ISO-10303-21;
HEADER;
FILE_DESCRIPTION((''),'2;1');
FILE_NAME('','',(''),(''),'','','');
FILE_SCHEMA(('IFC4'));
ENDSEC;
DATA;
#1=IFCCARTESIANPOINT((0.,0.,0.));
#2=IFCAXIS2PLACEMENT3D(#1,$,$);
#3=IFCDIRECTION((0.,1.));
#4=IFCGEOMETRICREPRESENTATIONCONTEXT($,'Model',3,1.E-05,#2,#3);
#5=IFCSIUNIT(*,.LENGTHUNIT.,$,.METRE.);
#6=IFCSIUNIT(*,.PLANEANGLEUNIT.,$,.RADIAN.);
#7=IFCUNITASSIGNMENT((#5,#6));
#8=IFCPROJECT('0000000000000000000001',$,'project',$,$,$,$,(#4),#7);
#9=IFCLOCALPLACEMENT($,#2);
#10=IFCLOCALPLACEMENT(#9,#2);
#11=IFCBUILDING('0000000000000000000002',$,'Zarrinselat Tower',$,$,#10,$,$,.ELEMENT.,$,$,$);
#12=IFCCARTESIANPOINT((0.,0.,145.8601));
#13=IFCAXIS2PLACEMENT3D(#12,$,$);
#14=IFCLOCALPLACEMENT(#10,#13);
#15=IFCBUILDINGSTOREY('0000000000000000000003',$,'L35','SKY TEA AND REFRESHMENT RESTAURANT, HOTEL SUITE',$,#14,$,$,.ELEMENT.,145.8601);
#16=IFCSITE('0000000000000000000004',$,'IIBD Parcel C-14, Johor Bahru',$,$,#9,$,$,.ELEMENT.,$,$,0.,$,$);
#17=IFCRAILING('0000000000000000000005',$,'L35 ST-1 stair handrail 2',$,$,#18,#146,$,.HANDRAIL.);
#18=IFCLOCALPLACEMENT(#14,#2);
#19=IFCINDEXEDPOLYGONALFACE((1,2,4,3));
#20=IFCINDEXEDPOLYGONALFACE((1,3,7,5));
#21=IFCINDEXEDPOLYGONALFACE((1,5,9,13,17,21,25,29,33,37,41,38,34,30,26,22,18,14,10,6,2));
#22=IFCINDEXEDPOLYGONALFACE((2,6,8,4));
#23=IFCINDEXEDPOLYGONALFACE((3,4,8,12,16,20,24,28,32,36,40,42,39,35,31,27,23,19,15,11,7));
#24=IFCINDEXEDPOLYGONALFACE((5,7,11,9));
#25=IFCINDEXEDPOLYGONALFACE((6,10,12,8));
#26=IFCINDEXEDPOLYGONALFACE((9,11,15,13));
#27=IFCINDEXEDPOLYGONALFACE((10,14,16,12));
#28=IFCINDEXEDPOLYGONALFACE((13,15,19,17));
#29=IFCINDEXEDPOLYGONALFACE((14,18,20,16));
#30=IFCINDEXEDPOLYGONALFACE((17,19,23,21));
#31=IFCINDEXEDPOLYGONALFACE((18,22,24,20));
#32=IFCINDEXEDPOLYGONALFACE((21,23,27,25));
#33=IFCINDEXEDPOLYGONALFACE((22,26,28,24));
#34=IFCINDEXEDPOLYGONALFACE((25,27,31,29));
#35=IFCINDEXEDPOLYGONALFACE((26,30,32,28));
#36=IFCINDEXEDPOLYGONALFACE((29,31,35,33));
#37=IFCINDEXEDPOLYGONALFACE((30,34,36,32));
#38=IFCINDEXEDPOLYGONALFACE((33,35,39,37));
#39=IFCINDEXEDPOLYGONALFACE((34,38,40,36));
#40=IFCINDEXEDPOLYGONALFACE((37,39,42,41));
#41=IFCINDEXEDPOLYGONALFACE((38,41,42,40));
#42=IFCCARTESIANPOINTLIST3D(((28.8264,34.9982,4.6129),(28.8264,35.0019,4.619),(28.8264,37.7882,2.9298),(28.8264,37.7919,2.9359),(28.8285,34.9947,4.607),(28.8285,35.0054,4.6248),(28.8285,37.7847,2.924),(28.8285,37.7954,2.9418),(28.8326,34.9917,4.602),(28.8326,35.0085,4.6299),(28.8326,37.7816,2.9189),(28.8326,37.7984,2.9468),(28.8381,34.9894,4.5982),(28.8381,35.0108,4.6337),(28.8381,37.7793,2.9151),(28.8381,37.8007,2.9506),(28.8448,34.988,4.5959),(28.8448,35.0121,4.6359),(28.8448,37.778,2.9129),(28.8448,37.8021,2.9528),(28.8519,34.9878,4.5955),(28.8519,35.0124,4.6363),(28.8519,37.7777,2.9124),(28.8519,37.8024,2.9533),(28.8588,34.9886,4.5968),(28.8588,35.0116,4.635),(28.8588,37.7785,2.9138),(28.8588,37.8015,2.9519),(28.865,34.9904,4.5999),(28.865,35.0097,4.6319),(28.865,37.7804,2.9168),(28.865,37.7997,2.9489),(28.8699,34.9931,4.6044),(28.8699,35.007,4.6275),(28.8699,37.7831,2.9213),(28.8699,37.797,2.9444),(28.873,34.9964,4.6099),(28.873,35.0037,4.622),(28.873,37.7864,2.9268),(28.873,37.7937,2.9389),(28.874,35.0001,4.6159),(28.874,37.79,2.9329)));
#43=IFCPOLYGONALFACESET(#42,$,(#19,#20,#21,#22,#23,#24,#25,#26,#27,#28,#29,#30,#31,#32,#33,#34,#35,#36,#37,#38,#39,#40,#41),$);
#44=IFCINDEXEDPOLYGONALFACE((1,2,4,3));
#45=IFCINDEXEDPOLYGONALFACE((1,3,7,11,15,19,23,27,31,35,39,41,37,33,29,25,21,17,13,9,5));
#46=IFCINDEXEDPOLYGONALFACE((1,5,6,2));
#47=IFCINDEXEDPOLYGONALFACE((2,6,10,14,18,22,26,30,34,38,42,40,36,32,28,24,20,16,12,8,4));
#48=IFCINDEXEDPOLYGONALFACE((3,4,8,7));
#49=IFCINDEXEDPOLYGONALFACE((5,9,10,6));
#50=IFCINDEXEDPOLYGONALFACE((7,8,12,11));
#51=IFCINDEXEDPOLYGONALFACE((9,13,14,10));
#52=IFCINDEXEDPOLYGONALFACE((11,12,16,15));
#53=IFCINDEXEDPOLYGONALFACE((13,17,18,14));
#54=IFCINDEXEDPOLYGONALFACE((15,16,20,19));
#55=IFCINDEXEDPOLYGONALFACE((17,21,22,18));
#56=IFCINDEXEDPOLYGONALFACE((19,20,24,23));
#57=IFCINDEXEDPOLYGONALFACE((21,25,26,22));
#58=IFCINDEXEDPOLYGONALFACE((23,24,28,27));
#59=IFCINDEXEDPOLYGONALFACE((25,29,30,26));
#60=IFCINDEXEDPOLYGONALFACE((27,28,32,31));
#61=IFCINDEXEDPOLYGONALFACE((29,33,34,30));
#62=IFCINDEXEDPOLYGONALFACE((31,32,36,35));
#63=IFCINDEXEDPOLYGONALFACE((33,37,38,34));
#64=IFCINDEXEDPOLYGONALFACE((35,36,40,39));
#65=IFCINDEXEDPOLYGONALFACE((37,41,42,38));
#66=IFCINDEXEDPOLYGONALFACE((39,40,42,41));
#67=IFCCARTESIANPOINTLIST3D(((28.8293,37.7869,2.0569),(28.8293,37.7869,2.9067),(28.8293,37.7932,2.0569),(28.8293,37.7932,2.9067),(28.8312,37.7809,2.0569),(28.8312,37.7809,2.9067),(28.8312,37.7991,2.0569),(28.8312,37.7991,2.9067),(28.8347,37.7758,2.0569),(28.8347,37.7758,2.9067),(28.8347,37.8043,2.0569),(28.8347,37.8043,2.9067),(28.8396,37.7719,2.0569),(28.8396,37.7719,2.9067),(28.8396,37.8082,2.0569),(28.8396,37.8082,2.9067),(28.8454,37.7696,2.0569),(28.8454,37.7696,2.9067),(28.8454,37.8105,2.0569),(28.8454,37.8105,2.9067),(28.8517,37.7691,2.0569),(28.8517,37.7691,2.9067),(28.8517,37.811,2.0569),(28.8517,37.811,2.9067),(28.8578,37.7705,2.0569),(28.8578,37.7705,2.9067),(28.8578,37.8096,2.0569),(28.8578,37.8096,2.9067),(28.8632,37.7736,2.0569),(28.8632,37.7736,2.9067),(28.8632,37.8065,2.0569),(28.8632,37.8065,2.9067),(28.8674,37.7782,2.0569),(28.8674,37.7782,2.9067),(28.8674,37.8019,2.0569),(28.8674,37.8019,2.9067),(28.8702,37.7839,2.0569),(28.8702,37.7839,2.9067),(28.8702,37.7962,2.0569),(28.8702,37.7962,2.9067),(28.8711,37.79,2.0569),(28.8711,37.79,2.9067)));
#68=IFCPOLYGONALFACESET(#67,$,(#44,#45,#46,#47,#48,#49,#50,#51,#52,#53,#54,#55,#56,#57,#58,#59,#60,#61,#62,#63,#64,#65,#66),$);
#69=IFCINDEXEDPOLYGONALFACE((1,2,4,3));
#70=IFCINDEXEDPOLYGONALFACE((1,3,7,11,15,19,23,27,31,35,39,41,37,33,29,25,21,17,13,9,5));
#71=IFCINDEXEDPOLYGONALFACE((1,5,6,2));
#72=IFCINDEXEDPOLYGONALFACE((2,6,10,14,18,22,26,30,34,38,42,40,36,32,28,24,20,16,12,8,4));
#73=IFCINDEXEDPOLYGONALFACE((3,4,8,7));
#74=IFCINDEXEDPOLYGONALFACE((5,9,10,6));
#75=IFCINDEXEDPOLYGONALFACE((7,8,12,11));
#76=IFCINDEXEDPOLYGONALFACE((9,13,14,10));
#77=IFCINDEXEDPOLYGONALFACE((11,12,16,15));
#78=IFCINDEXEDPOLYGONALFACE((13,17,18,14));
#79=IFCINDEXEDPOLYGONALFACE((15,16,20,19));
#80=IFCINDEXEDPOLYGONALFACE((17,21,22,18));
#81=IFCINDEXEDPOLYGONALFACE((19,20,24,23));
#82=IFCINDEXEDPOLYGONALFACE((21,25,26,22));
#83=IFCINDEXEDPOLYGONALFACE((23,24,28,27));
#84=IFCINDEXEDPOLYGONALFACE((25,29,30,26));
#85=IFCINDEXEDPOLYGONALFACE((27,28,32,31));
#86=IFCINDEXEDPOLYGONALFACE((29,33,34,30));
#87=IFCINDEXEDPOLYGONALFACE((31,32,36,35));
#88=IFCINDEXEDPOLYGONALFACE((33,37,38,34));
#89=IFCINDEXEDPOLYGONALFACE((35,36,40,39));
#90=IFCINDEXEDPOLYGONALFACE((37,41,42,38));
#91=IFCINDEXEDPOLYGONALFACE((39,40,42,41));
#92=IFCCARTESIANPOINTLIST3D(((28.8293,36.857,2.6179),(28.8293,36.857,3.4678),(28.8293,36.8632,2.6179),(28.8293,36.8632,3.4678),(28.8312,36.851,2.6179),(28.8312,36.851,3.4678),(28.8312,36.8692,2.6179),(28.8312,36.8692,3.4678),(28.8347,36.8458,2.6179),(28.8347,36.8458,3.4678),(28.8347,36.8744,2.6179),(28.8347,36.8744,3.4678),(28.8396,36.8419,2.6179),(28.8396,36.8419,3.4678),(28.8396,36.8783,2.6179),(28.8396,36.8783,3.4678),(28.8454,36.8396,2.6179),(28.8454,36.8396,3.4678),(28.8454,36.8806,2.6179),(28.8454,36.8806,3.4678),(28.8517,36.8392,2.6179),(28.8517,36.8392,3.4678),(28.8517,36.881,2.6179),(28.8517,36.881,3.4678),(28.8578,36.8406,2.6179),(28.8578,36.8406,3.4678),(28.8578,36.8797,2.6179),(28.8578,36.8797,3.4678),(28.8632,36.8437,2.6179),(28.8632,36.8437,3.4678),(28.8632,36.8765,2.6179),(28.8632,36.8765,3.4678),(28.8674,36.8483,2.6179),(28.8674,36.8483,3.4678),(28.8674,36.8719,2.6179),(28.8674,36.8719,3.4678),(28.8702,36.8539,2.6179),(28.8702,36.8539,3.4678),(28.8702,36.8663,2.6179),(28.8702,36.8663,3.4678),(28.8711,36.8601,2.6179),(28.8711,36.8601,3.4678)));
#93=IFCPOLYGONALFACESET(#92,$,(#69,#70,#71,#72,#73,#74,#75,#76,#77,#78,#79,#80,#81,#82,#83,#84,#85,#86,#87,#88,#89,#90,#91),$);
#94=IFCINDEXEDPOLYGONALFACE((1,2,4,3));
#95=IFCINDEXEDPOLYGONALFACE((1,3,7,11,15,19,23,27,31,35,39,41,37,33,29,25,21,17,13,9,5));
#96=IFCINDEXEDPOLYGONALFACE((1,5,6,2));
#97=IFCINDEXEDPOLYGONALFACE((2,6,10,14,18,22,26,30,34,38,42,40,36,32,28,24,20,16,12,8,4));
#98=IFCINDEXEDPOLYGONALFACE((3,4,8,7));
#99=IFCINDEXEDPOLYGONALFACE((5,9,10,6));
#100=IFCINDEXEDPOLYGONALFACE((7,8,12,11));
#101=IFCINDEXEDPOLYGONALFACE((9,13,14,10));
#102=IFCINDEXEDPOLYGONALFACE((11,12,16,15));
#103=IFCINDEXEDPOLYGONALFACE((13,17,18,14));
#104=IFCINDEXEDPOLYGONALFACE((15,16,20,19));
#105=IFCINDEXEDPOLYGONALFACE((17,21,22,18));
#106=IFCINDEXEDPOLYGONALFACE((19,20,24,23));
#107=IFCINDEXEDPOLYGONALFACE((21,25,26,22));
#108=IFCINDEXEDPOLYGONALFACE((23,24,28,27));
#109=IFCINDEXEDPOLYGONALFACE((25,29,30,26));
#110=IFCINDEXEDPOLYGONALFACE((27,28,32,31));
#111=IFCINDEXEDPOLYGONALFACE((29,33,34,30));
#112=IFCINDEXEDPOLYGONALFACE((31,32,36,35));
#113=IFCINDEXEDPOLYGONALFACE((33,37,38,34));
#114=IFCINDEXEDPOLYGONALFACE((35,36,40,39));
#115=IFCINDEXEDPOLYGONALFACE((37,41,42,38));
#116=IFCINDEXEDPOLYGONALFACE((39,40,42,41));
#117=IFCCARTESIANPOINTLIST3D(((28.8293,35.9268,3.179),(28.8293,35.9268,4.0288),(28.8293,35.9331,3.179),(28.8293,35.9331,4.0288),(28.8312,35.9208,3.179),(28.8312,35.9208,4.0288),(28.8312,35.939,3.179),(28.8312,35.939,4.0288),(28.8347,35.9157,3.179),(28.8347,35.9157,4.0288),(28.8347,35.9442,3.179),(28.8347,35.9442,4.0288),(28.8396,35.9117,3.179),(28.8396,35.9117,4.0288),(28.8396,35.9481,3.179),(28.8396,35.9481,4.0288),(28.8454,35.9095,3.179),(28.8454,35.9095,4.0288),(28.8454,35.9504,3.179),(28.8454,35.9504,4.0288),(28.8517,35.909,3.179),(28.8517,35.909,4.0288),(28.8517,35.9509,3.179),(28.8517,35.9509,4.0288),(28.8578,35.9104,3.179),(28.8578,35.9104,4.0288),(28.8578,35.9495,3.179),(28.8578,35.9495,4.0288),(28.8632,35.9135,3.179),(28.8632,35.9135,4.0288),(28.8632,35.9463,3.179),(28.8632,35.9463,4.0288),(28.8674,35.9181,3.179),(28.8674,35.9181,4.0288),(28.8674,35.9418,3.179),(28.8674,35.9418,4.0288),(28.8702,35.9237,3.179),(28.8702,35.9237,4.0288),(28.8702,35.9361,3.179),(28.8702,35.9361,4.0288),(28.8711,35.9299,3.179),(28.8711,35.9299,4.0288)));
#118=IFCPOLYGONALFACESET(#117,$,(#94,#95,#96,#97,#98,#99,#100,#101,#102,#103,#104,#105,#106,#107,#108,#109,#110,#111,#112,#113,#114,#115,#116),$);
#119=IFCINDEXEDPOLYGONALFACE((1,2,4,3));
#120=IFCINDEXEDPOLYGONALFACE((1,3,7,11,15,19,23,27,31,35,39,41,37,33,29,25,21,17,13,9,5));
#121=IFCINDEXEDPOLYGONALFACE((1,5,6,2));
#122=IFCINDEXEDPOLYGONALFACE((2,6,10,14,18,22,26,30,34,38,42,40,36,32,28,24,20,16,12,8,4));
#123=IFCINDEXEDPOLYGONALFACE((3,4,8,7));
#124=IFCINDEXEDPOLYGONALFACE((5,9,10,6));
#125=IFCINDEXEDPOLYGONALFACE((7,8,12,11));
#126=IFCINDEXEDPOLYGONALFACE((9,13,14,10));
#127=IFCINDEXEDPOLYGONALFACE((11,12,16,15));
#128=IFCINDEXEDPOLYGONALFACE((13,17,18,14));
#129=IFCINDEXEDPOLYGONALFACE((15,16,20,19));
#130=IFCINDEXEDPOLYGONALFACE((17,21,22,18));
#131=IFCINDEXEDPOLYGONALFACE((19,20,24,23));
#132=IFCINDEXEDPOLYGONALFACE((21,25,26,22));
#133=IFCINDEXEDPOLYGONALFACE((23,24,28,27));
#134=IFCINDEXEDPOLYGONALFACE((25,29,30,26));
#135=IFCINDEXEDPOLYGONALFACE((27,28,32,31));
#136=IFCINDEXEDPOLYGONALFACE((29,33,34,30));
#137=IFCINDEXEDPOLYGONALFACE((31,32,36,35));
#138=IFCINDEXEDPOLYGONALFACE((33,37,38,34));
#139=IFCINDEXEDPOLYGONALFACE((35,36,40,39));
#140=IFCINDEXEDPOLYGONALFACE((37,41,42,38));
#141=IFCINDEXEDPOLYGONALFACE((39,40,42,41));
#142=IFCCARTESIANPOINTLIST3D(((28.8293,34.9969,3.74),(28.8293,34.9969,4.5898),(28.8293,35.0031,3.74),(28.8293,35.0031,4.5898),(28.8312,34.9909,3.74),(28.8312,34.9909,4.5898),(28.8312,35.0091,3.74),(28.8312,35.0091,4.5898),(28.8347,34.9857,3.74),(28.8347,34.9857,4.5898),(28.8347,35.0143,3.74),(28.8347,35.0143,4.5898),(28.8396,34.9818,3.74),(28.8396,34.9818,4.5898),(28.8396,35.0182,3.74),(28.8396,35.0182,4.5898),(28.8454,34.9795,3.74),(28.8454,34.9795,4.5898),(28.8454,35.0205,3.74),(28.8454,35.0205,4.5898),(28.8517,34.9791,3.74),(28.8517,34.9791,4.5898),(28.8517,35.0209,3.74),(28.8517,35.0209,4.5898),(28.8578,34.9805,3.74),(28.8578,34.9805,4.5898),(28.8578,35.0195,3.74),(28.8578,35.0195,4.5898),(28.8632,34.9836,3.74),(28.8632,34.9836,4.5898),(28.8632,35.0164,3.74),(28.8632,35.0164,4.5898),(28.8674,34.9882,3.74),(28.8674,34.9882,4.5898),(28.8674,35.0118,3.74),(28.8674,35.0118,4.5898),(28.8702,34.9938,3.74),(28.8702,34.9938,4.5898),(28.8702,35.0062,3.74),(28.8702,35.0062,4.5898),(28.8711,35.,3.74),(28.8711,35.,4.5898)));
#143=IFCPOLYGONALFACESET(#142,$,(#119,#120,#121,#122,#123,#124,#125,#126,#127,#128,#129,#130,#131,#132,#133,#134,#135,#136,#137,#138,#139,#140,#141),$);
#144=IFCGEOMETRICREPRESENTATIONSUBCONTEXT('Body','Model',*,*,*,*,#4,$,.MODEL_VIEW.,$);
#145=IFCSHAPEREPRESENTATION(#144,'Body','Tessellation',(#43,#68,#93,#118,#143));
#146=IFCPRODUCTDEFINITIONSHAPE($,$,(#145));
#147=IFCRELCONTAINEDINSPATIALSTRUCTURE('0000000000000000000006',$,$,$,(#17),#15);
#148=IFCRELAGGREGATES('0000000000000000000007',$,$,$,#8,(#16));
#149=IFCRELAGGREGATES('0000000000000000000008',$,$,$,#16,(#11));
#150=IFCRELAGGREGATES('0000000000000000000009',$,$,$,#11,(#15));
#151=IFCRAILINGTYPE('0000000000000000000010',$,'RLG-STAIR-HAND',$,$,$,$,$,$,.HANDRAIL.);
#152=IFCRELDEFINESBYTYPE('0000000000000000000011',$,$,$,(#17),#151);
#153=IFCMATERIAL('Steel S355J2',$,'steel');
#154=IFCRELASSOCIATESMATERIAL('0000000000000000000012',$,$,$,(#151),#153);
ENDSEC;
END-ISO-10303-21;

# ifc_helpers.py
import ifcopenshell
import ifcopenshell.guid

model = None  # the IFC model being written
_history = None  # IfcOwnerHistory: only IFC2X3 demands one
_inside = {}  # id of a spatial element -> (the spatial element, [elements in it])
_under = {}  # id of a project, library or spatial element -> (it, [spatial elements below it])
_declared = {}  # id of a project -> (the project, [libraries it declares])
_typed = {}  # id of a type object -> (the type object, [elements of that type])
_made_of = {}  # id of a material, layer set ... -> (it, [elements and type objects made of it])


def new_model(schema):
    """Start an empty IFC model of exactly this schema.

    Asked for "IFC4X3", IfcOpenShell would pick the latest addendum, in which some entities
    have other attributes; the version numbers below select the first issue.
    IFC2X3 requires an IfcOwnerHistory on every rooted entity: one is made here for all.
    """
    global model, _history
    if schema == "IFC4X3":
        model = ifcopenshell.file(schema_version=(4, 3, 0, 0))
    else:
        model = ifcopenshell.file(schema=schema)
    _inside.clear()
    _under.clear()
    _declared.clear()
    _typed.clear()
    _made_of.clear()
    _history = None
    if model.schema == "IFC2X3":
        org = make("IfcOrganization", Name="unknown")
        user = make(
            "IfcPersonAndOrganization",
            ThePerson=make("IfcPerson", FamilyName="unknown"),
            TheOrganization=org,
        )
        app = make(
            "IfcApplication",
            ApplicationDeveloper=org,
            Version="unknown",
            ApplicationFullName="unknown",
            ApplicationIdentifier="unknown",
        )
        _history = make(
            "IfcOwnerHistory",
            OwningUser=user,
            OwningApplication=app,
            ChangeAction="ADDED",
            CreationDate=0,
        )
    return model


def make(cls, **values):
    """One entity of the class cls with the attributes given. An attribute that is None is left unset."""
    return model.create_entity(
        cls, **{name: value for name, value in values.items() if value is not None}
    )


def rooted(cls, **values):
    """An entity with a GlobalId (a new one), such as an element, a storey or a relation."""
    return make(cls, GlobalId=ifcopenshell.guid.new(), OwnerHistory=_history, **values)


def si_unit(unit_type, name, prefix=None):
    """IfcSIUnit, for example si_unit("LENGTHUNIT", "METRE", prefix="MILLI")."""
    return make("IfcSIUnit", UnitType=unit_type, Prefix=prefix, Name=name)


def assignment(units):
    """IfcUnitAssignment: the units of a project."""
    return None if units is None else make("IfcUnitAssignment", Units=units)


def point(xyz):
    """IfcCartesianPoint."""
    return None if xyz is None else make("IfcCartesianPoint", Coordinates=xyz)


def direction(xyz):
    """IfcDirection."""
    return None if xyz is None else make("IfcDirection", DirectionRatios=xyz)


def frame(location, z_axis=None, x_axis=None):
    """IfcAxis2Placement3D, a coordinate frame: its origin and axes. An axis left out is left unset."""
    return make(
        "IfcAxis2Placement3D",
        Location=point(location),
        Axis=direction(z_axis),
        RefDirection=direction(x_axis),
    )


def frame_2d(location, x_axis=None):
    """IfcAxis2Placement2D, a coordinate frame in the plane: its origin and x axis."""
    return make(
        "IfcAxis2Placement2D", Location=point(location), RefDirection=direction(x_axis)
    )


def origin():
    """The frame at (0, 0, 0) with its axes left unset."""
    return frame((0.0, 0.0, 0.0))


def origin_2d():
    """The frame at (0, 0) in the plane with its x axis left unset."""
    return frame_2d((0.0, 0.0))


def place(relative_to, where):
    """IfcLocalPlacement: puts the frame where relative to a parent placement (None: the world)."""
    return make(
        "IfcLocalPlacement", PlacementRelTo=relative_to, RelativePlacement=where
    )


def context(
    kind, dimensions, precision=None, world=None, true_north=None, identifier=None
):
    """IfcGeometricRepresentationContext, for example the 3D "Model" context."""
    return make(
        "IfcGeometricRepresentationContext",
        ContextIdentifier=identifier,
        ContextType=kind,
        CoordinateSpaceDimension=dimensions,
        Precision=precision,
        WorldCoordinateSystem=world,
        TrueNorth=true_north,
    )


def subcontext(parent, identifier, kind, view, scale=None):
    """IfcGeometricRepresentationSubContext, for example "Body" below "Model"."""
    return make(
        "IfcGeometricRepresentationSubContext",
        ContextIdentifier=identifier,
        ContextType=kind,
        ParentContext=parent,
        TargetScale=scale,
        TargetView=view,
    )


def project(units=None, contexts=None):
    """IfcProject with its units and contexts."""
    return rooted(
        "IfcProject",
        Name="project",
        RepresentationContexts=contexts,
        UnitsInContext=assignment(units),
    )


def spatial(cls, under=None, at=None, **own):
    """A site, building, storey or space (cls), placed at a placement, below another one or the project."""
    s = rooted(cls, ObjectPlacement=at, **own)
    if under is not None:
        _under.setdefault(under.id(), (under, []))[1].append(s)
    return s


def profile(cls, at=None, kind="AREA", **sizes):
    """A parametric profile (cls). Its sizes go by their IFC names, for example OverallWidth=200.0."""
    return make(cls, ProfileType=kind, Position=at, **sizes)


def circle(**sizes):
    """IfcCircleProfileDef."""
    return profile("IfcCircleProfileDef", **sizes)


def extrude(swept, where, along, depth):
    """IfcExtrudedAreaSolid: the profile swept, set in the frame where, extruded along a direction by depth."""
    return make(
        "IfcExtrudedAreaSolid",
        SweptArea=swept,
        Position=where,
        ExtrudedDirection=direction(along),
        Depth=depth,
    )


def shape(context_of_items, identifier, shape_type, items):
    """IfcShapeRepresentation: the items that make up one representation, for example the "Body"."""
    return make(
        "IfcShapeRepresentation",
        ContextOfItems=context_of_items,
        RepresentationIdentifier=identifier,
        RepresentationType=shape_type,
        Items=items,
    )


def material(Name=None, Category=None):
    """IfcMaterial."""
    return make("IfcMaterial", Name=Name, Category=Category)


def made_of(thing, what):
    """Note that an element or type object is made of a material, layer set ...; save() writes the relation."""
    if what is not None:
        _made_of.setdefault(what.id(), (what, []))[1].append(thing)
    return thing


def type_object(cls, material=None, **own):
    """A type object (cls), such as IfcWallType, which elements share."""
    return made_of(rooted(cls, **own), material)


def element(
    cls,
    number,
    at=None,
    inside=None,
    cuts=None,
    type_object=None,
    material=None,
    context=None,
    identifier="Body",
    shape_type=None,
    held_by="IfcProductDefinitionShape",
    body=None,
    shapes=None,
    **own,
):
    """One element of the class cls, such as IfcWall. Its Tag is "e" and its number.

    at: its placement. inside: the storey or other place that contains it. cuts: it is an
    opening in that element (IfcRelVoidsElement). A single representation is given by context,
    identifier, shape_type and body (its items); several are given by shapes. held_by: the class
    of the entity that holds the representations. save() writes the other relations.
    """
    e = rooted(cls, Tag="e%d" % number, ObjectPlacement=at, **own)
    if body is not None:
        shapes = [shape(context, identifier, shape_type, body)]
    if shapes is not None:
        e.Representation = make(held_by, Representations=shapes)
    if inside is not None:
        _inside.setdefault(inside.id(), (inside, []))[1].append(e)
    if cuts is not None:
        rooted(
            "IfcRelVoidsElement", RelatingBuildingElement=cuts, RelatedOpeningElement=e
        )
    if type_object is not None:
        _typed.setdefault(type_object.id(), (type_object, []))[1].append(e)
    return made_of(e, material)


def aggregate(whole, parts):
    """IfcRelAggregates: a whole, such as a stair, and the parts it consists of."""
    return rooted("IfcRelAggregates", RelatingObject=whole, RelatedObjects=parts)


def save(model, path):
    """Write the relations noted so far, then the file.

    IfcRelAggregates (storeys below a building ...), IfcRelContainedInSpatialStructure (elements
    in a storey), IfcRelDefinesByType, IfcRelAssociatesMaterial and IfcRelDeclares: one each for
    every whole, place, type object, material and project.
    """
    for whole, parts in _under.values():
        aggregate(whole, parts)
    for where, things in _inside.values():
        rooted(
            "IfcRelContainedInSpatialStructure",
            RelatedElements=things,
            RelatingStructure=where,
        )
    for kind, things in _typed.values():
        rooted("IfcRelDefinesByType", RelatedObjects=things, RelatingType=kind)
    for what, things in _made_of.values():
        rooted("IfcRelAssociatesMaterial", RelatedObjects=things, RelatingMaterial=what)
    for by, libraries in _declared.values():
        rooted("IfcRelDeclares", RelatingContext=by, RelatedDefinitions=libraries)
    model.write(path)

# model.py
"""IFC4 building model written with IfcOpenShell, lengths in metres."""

from ifc_helpers import new_model, si_unit, direction, frame, origin, origin_2d, place, context, subcontext, project, spatial, circle, extrude, material, type_object, element, save


model = new_model("IFC4")

# Units and contexts
model_context = context("Model", 3, precision=1e-05, world=origin(), true_north=direction((0.0, 1.0)))
body_context = subcontext(model_context, "Body", "Model", "MODEL_VIEW")
ifc_project = project(units=[si_unit("LENGTHUNIT", "METRE"), si_unit("PLANEANGLEUNIT", "RADIAN")], contexts=[model_context])

# Site, building, storey
site_placement = place(None, origin())
site = spatial("IfcSite", under=ifc_project, at=site_placement, Name="IIBD Parcel C-14, Johor Bahru", CompositionType="ELEMENT", RefElevation=0.0)
building_placement = place(site_placement, origin())
building = spatial("IfcBuilding", under=site, at=building_placement, Name="Zarrinselat Tower", CompositionType="ELEMENT")
storey_placement = place(building_placement, frame((0.0, 0.0, 145.8601)))
storey = spatial("IfcBuildingStorey", under=building, at=storey_placement, Name="L35", Description="SKY TEA AND REFRESHMENT RESTAURANT, HOTEL SUITE", CompositionType="ELEMENT", Elevation=145.8601)

# Railing
ifc_material_1 = material(Name="Steel S355J2", Category="steel")
railing_type_1 = type_object("IfcRailingType", Name="RLG-STAIR-HAND", PredefinedType="HANDRAIL", material=ifc_material_1)
railing_1_placement = place(storey_placement, frame((28.8501, 37.79, 2.0569)))
element("IfcRailing", 1, at=railing_1_placement, inside=storey, type_object=railing_type_1, Name="L35 ST-1 stair handrail 2", PredefinedType="HANDRAIL", context=body_context, shape_type="SweptSolid", body=[
    extrude(circle(Radius=0.0239, at=origin_2d()), frame((0.0, 0.0, 0.876), z_axis=(0.0, -0.856261, 0.516544), x_axis=(1.0, 0.0, 0.0)), (0.0, 0.0, 1.0), 3.2583),
    extrude(circle(Radius=0.021, at=origin_2d()), origin(), (0.0, 0.0, 1.0), 0.8499),
    extrude(circle(Radius=0.021, at=origin_2d()), frame((0.0, -0.9299, 0.561)), (0.0, 0.0, 1.0), 0.8499),
    extrude(circle(Radius=0.021, at=origin_2d()), frame((0.0, -1.8601, 1.1221)), (0.0, 0.0, 1.0), 0.8499),
    extrude(circle(Radius=0.021, at=origin_2d()), frame((0.0, -2.79, 1.6831)), (0.0, 0.0, 1.0), 0.8499),
])

save(model, "model.ifc")
